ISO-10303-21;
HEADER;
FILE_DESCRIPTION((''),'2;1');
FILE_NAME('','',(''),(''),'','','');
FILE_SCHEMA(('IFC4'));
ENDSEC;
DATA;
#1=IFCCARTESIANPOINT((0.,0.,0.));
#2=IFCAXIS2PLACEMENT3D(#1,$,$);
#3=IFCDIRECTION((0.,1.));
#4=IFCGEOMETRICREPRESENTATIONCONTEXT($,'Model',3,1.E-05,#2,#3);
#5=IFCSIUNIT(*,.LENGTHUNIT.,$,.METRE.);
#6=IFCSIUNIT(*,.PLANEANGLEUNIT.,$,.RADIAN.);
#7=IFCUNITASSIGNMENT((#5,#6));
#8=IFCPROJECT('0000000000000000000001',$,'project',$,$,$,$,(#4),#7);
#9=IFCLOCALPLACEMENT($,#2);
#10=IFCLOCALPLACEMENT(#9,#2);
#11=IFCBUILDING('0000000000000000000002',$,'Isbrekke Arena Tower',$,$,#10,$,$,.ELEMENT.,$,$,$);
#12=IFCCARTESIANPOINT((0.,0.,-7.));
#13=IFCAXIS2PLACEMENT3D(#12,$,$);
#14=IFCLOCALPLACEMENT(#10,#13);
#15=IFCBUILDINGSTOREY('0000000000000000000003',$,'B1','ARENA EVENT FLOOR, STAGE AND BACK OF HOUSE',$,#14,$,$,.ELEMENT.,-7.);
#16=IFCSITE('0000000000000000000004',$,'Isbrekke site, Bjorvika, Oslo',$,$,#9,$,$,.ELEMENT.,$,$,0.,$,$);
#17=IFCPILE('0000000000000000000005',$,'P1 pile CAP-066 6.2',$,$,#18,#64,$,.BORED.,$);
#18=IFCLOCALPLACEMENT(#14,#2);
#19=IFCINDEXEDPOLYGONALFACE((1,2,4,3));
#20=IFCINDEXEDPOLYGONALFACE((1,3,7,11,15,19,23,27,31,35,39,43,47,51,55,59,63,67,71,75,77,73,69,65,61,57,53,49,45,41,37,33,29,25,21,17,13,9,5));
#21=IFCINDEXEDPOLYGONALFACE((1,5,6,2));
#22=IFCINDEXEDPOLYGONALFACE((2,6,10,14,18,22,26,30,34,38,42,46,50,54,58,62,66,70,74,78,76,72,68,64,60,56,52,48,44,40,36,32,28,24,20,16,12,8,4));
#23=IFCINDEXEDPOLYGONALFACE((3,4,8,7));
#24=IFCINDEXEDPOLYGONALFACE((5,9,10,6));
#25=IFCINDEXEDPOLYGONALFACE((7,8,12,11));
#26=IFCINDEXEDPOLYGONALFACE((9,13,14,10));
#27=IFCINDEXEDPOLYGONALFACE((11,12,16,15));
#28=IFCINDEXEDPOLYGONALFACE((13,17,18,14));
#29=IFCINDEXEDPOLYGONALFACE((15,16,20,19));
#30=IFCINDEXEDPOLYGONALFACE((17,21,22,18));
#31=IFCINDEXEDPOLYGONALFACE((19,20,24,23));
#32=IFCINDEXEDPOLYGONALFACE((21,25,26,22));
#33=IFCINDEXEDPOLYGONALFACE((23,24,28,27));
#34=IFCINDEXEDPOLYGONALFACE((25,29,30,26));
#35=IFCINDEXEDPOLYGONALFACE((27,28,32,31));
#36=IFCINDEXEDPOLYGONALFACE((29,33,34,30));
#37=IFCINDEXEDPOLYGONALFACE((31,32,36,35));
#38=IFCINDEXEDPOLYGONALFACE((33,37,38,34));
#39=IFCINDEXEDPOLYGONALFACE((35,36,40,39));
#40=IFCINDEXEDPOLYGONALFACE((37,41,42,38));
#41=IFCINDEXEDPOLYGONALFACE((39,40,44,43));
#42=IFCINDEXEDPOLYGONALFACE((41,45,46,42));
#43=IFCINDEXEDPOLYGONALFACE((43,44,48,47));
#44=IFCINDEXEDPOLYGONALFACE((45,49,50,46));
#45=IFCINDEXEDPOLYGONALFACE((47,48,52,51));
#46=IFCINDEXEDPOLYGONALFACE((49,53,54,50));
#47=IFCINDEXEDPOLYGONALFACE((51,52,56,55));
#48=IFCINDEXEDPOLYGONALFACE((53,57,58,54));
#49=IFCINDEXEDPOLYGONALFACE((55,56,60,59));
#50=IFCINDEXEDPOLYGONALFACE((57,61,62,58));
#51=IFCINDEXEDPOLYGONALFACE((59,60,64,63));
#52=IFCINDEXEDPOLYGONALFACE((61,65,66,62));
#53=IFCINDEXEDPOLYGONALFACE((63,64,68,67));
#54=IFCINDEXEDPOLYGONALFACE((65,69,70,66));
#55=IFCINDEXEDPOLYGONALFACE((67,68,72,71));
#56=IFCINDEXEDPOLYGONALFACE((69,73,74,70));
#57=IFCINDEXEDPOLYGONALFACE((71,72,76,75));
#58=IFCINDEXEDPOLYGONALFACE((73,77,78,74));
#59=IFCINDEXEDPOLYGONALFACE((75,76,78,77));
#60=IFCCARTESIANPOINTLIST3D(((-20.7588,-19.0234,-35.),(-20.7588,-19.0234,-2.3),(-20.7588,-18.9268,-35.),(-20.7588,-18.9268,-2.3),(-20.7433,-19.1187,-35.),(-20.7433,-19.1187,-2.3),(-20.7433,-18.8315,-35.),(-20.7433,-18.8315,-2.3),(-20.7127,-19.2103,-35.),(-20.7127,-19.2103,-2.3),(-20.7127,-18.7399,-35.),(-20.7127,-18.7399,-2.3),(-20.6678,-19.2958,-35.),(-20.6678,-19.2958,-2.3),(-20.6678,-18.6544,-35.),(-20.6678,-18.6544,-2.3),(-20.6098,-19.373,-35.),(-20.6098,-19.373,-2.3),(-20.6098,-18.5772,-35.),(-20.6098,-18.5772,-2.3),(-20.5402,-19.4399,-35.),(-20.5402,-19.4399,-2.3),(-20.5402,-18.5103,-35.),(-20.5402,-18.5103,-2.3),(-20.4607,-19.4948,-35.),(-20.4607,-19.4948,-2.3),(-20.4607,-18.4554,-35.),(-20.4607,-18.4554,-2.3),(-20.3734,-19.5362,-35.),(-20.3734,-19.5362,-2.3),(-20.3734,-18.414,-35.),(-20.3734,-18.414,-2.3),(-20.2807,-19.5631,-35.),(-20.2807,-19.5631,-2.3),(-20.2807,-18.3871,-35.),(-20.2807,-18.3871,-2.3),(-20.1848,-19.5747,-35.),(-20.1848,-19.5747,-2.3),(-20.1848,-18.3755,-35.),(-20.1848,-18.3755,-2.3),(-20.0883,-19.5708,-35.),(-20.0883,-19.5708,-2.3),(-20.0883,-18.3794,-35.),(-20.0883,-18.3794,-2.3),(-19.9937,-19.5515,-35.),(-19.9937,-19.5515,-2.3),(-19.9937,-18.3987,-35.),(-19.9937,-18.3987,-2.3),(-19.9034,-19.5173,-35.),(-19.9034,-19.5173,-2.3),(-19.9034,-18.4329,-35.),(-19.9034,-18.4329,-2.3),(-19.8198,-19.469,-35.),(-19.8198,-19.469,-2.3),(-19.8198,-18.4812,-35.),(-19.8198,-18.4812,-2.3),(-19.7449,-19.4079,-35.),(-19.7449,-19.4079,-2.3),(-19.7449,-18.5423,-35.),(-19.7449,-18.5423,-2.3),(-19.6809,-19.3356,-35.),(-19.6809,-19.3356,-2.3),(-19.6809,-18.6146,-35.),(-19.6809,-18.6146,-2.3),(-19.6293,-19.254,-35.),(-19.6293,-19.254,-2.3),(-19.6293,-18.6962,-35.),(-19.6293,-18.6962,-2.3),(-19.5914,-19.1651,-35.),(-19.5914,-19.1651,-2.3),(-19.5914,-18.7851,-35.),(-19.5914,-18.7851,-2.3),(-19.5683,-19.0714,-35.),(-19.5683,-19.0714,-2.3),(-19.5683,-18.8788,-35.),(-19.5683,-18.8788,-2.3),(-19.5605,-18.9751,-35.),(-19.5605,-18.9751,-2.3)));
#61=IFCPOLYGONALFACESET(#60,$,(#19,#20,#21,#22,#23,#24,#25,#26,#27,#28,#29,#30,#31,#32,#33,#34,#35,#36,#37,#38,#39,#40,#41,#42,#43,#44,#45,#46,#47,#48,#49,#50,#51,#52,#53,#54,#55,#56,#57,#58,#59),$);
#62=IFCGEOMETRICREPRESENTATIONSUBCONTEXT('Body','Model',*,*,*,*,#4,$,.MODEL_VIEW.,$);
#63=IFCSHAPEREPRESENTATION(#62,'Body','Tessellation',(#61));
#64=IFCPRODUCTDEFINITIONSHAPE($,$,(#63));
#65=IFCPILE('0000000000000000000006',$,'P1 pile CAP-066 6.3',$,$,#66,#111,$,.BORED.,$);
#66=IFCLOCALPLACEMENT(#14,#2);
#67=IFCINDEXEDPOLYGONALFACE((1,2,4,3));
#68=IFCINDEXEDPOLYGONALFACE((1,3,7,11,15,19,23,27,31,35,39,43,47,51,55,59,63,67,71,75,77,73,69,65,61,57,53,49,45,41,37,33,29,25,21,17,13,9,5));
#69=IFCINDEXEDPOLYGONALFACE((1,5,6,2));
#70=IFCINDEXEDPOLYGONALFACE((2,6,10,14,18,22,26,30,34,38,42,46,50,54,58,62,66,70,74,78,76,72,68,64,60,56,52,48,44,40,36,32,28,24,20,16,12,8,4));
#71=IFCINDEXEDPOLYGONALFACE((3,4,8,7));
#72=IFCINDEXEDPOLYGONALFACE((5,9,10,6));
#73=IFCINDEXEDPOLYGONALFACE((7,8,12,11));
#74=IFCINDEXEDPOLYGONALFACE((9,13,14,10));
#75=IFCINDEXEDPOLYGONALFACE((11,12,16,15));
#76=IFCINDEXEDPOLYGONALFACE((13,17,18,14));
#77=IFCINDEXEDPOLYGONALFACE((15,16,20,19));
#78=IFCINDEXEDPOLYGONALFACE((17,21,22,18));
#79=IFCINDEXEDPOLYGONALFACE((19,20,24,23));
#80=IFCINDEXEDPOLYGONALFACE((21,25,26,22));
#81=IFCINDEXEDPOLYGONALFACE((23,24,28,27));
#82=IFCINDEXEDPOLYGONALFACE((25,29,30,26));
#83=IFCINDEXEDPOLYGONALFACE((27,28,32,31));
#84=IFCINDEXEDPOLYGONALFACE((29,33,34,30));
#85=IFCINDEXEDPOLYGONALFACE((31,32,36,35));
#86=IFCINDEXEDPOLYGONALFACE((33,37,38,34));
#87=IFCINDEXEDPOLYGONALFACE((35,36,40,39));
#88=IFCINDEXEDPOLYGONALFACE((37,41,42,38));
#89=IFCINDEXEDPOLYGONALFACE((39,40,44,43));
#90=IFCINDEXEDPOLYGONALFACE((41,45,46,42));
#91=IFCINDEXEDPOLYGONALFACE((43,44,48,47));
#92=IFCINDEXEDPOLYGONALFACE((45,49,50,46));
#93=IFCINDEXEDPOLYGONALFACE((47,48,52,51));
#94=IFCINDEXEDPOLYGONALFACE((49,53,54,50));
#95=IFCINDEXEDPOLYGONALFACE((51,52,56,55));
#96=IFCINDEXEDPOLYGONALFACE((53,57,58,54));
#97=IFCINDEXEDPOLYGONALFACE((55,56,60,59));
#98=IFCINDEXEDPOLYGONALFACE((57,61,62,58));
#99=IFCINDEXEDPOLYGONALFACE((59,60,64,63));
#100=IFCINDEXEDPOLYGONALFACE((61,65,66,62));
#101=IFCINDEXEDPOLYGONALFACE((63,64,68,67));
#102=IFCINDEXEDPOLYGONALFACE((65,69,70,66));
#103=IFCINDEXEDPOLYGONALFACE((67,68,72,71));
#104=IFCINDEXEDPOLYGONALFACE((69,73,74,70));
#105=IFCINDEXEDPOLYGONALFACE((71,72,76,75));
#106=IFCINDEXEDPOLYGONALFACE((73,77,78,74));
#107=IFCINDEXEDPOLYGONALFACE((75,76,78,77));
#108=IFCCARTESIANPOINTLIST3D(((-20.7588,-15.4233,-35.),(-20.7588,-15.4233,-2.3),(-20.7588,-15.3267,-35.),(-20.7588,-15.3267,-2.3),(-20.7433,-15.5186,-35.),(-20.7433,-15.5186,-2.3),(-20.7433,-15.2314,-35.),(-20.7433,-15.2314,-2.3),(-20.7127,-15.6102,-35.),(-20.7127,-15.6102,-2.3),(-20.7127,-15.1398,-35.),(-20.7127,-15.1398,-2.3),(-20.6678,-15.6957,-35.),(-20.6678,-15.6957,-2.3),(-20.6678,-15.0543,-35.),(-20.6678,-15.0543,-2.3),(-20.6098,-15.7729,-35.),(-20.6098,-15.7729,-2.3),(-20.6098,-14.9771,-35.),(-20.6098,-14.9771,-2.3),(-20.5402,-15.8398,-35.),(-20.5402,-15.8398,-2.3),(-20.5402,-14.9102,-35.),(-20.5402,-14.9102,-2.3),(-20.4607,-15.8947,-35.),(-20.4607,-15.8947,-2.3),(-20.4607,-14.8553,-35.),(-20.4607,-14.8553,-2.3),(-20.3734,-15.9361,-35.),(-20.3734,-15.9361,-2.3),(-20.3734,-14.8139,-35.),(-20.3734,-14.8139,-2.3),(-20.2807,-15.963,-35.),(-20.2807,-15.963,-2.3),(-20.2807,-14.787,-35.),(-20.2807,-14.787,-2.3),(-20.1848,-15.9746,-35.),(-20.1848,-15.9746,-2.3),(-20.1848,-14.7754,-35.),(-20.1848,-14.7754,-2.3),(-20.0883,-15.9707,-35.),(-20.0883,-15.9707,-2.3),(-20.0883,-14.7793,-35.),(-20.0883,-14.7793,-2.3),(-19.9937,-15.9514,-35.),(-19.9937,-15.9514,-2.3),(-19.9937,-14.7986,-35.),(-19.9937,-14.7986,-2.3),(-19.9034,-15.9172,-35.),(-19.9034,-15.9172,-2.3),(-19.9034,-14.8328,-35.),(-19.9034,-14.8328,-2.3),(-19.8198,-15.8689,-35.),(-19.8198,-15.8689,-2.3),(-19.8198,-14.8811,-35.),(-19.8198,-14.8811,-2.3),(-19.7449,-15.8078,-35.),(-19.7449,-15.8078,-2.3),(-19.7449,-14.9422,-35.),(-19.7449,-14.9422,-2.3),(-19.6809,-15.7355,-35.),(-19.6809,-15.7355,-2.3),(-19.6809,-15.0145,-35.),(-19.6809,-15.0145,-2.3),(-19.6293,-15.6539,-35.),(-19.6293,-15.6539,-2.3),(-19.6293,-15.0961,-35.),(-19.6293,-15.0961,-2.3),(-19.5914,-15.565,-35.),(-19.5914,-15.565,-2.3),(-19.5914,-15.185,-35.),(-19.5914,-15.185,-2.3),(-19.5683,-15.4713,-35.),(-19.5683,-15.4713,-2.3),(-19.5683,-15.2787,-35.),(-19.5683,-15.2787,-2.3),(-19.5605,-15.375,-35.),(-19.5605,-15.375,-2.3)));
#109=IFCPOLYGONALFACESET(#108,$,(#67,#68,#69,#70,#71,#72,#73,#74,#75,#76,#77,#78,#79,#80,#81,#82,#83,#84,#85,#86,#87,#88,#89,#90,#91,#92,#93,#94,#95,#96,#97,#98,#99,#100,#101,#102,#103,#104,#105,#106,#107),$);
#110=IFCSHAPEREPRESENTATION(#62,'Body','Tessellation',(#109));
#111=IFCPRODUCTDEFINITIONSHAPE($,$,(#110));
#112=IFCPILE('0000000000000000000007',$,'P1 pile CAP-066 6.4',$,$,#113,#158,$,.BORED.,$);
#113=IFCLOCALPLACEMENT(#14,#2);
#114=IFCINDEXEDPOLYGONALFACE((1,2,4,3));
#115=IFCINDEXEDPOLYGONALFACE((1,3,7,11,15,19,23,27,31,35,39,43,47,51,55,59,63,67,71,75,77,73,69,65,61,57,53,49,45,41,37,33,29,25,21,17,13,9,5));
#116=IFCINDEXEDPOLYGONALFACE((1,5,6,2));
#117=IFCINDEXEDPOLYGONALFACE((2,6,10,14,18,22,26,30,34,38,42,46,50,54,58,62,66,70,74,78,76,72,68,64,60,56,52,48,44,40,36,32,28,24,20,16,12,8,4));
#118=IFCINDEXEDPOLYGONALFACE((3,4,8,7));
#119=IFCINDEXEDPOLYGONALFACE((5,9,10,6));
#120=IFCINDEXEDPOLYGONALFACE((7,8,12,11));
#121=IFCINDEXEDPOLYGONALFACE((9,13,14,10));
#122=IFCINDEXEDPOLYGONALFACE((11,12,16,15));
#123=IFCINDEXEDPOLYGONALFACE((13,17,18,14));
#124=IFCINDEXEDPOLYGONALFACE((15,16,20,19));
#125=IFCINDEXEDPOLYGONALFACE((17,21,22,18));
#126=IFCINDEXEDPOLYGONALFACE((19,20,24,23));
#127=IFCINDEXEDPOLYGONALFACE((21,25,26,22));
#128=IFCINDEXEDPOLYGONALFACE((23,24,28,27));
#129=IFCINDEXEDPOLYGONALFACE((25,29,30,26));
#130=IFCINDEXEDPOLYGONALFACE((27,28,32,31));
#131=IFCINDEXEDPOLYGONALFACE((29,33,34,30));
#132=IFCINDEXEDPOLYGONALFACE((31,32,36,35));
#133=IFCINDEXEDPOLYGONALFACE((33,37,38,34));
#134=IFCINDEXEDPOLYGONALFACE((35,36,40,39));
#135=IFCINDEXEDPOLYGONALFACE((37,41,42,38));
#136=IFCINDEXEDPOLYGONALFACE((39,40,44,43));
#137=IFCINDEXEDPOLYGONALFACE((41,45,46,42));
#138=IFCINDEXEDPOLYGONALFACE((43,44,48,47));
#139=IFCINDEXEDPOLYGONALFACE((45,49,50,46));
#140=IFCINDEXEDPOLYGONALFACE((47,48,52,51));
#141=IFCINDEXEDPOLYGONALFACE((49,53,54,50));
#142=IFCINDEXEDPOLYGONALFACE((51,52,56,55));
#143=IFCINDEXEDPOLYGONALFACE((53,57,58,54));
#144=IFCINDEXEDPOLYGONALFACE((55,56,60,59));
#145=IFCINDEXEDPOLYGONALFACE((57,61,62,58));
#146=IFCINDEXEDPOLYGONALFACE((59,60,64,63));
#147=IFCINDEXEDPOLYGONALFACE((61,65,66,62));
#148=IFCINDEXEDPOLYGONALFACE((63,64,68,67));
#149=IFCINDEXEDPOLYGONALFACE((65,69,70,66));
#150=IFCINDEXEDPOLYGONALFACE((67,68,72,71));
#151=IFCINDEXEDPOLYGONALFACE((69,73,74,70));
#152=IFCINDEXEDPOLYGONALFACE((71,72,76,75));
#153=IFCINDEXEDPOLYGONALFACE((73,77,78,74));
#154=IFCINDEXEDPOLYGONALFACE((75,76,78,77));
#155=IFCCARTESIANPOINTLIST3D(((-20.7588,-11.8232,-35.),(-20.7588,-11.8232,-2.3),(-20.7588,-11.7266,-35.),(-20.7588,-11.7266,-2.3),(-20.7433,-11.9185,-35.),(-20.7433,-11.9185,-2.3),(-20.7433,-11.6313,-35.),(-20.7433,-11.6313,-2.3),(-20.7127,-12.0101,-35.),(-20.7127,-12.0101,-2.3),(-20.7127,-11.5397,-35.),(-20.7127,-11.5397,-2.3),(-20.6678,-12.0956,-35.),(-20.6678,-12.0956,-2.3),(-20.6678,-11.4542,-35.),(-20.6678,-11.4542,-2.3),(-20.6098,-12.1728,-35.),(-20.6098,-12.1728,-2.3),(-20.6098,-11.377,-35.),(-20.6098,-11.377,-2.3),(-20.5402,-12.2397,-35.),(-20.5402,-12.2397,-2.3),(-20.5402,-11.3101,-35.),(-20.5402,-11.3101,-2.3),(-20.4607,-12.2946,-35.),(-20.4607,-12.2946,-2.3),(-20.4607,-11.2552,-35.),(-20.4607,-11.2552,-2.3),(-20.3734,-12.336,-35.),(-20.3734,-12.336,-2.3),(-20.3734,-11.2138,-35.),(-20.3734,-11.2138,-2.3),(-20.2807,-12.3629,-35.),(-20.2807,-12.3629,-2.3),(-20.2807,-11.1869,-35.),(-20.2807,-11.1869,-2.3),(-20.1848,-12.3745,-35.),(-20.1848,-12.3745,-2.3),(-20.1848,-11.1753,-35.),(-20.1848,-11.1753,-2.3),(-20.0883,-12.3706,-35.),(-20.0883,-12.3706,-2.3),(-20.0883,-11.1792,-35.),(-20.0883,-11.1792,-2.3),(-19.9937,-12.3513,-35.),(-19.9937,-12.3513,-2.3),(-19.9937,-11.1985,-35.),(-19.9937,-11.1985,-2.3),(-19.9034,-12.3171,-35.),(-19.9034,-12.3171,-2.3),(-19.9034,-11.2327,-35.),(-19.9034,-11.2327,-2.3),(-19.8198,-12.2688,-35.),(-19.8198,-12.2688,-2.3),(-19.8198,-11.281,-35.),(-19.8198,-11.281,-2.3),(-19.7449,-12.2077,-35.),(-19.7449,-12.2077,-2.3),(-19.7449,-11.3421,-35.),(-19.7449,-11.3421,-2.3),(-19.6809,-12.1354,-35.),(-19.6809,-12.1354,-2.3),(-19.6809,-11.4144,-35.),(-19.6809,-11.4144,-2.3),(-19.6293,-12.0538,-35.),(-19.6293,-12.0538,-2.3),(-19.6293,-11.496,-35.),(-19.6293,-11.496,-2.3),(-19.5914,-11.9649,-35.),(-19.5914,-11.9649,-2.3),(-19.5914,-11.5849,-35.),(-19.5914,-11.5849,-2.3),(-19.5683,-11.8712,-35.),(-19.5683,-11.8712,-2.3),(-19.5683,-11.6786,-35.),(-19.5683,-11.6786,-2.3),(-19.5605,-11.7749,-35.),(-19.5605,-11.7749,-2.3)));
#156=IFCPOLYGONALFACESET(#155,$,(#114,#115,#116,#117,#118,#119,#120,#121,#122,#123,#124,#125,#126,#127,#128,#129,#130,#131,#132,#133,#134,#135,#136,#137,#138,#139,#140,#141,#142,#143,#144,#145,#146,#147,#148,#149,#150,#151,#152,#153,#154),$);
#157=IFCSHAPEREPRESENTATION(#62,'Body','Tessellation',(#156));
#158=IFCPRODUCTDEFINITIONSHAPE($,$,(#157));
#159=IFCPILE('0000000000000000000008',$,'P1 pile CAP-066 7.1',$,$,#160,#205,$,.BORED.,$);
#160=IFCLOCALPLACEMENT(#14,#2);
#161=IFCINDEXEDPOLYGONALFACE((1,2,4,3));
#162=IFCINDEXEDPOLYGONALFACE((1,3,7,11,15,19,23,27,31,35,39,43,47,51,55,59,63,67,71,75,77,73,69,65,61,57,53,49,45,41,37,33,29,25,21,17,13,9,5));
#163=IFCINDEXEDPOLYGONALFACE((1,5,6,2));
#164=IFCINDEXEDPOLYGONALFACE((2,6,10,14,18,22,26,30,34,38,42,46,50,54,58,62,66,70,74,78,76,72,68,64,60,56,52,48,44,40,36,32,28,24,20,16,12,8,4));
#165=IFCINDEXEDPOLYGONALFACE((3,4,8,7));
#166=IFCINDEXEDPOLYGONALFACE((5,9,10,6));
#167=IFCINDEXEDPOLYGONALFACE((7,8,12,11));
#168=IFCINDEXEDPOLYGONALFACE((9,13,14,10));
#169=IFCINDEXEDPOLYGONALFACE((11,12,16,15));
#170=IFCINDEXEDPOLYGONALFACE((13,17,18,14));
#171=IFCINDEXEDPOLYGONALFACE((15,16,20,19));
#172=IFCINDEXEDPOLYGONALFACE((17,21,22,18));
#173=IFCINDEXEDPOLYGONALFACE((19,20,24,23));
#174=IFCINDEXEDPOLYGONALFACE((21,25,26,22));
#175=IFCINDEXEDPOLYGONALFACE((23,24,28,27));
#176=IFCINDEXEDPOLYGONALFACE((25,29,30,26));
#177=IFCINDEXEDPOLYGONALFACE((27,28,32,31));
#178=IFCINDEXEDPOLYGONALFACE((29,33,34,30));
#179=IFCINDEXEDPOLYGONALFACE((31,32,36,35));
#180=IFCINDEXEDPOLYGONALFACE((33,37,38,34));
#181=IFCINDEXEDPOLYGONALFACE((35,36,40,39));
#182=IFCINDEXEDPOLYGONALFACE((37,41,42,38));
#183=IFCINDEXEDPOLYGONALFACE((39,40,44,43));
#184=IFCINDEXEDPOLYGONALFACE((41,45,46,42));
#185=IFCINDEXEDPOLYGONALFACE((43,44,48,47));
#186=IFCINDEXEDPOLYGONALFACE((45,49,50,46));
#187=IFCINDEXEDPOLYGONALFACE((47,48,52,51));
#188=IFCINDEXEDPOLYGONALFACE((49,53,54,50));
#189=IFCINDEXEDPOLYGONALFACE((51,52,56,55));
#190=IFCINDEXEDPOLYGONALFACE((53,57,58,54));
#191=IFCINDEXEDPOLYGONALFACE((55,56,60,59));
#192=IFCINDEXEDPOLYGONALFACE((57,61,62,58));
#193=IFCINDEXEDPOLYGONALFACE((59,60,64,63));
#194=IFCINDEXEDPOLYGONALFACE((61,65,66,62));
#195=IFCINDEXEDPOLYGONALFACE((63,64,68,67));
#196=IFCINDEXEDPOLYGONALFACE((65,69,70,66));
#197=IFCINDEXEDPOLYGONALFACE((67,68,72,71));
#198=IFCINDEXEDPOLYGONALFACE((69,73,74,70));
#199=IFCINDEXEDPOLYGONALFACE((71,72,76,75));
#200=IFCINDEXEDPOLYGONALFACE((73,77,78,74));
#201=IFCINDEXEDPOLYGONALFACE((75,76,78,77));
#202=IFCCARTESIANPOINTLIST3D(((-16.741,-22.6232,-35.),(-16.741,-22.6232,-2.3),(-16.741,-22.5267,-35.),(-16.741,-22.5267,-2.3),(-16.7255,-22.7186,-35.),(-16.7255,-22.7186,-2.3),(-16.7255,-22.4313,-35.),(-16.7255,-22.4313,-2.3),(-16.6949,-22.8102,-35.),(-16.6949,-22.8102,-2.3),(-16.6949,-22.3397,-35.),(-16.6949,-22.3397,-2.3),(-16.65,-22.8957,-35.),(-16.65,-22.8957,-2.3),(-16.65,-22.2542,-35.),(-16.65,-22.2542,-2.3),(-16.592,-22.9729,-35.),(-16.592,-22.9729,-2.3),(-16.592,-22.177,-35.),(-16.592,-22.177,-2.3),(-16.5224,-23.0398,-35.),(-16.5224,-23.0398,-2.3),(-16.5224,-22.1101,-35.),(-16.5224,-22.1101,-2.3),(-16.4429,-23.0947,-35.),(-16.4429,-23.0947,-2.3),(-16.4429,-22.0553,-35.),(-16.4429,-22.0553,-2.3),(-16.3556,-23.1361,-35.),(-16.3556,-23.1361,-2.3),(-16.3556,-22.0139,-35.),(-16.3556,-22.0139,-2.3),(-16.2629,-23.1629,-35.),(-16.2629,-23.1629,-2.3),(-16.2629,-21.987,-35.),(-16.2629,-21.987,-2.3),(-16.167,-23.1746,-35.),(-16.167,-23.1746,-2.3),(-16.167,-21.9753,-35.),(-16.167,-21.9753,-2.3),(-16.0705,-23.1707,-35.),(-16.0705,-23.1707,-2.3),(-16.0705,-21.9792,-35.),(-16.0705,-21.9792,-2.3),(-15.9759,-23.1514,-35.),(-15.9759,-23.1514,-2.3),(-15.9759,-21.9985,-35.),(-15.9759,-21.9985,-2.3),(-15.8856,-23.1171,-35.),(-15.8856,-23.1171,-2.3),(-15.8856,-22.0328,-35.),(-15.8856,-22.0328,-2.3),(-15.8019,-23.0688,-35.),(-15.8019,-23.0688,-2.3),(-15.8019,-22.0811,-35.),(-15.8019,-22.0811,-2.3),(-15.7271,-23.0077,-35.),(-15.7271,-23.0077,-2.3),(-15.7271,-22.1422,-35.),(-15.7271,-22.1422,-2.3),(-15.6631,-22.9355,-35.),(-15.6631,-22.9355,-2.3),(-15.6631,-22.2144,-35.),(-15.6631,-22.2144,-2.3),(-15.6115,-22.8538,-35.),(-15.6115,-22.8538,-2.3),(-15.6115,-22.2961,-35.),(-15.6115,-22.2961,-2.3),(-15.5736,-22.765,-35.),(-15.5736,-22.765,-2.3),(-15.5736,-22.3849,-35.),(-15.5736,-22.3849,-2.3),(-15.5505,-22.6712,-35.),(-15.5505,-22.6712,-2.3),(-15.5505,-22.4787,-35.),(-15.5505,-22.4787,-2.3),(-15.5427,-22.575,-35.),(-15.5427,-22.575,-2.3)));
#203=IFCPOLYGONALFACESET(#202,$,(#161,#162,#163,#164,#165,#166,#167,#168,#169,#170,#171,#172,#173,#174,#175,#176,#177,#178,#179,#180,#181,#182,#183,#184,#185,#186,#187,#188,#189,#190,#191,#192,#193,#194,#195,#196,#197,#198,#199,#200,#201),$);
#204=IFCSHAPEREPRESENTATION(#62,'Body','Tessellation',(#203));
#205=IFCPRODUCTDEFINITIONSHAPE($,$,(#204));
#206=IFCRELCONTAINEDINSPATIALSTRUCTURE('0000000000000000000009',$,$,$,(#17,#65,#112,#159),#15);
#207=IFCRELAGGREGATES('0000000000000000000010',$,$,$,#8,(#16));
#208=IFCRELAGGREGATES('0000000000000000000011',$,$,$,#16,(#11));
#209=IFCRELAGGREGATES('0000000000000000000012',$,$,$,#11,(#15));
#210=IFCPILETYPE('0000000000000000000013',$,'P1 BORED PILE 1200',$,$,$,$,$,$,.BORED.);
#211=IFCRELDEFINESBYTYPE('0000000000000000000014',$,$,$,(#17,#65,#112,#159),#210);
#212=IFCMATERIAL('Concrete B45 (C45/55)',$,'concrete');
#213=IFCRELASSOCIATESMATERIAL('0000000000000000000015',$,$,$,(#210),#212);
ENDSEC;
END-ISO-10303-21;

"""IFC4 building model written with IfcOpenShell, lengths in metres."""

from ifc_helpers import new_model, si_unit, direction, frame, origin, origin_2d, place, context, subcontext, project, spatial, circle, extrude, material, material_profile, profile_set, type_object, element, save


model = new_model("IFC4")

# Units and contexts
model_context = context("Model", 3, precision=1e-05, world=origin(), true_north=direction((0.0, 1.0)))
body_context = subcontext(model_context, "Body", "Model", "MODEL_VIEW")
ifc_project = project(units=[si_unit("LENGTHUNIT", "METRE"), si_unit("PLANEANGLEUNIT", "RADIAN")], contexts=[model_context])

# Site, building, storey
site_placement = place(None, origin())
site = spatial("IfcSite", under=ifc_project, at=site_placement, Name="Isbrekke site, Bjorvika, Oslo", CompositionType="ELEMENT", RefElevation=0.0)
building_placement = place(site_placement, origin())
building = spatial("IfcBuilding", under=site, at=building_placement, Name="Isbrekke Arena Tower", CompositionType="ELEMENT")
storey_placement = place(building_placement, frame((0.0, 0.0, -7.0)))
storey = spatial("IfcBuildingStorey", under=building, at=storey_placement, Name="B1", Description="ARENA EVENT FLOOR, STAGE AND BACK OF HOUSE", CompositionType="ELEMENT", Elevation=-7.0)

# Piles
ifc_material_1 = material(Name="Concrete B45 (C45/55)", Category="concrete")
ifc_material_profile_1 = material_profile(ifc_material_1, circle(Radius=0.6001, at=origin_2d()), Name="BORED PILE D1200")
ifc_profile_set_1 = profile_set([ifc_material_profile_1], Name="Concrete B45 (C45/55)")
pile_type = type_object("IfcPileType", Name="P1 BORED PILE 1200", PredefinedType="BORED", material=ifc_profile_set_1)
for number, where, z_axis, x_axis, name in (
    (1, (-20.1606, -18.9751, -2.3), (0.0, 0.0, -1.0), (1.0, 0.0, 0.0), "P1 pile CAP-066 6.2"),
    (2, (-20.1606, -15.375, -2.3), (0.0, 0.0, -1.0), (1.0, 0.0, 0.0), "P1 pile CAP-066 6.3"),
    (3, (-20.1606, -11.7749, -2.3), (0.0, 0.0, -1.0), (1.0, 0.0, 0.0), "P1 pile CAP-066 6.4"),
    (4, (-16.1428, -22.575, -2.3), (0.0, 0.0, -1.0), (1.0, 0.0, 0.0), "P1 pile CAP-066 7.1"),
):
    element("IfcPile", number, at=place(storey_placement, frame(where, z_axis=z_axis, x_axis=x_axis)), inside=storey, type_object=pile_type, Name=name, PredefinedType="BORED", context=body_context, shape_type="SweptSolid", body=[
        extrude(circle(Radius=0.6001, at=origin_2d()), origin(), (0.0, 0.0, 1.0), 32.7),
    ])

save(model, "model.ifc")
